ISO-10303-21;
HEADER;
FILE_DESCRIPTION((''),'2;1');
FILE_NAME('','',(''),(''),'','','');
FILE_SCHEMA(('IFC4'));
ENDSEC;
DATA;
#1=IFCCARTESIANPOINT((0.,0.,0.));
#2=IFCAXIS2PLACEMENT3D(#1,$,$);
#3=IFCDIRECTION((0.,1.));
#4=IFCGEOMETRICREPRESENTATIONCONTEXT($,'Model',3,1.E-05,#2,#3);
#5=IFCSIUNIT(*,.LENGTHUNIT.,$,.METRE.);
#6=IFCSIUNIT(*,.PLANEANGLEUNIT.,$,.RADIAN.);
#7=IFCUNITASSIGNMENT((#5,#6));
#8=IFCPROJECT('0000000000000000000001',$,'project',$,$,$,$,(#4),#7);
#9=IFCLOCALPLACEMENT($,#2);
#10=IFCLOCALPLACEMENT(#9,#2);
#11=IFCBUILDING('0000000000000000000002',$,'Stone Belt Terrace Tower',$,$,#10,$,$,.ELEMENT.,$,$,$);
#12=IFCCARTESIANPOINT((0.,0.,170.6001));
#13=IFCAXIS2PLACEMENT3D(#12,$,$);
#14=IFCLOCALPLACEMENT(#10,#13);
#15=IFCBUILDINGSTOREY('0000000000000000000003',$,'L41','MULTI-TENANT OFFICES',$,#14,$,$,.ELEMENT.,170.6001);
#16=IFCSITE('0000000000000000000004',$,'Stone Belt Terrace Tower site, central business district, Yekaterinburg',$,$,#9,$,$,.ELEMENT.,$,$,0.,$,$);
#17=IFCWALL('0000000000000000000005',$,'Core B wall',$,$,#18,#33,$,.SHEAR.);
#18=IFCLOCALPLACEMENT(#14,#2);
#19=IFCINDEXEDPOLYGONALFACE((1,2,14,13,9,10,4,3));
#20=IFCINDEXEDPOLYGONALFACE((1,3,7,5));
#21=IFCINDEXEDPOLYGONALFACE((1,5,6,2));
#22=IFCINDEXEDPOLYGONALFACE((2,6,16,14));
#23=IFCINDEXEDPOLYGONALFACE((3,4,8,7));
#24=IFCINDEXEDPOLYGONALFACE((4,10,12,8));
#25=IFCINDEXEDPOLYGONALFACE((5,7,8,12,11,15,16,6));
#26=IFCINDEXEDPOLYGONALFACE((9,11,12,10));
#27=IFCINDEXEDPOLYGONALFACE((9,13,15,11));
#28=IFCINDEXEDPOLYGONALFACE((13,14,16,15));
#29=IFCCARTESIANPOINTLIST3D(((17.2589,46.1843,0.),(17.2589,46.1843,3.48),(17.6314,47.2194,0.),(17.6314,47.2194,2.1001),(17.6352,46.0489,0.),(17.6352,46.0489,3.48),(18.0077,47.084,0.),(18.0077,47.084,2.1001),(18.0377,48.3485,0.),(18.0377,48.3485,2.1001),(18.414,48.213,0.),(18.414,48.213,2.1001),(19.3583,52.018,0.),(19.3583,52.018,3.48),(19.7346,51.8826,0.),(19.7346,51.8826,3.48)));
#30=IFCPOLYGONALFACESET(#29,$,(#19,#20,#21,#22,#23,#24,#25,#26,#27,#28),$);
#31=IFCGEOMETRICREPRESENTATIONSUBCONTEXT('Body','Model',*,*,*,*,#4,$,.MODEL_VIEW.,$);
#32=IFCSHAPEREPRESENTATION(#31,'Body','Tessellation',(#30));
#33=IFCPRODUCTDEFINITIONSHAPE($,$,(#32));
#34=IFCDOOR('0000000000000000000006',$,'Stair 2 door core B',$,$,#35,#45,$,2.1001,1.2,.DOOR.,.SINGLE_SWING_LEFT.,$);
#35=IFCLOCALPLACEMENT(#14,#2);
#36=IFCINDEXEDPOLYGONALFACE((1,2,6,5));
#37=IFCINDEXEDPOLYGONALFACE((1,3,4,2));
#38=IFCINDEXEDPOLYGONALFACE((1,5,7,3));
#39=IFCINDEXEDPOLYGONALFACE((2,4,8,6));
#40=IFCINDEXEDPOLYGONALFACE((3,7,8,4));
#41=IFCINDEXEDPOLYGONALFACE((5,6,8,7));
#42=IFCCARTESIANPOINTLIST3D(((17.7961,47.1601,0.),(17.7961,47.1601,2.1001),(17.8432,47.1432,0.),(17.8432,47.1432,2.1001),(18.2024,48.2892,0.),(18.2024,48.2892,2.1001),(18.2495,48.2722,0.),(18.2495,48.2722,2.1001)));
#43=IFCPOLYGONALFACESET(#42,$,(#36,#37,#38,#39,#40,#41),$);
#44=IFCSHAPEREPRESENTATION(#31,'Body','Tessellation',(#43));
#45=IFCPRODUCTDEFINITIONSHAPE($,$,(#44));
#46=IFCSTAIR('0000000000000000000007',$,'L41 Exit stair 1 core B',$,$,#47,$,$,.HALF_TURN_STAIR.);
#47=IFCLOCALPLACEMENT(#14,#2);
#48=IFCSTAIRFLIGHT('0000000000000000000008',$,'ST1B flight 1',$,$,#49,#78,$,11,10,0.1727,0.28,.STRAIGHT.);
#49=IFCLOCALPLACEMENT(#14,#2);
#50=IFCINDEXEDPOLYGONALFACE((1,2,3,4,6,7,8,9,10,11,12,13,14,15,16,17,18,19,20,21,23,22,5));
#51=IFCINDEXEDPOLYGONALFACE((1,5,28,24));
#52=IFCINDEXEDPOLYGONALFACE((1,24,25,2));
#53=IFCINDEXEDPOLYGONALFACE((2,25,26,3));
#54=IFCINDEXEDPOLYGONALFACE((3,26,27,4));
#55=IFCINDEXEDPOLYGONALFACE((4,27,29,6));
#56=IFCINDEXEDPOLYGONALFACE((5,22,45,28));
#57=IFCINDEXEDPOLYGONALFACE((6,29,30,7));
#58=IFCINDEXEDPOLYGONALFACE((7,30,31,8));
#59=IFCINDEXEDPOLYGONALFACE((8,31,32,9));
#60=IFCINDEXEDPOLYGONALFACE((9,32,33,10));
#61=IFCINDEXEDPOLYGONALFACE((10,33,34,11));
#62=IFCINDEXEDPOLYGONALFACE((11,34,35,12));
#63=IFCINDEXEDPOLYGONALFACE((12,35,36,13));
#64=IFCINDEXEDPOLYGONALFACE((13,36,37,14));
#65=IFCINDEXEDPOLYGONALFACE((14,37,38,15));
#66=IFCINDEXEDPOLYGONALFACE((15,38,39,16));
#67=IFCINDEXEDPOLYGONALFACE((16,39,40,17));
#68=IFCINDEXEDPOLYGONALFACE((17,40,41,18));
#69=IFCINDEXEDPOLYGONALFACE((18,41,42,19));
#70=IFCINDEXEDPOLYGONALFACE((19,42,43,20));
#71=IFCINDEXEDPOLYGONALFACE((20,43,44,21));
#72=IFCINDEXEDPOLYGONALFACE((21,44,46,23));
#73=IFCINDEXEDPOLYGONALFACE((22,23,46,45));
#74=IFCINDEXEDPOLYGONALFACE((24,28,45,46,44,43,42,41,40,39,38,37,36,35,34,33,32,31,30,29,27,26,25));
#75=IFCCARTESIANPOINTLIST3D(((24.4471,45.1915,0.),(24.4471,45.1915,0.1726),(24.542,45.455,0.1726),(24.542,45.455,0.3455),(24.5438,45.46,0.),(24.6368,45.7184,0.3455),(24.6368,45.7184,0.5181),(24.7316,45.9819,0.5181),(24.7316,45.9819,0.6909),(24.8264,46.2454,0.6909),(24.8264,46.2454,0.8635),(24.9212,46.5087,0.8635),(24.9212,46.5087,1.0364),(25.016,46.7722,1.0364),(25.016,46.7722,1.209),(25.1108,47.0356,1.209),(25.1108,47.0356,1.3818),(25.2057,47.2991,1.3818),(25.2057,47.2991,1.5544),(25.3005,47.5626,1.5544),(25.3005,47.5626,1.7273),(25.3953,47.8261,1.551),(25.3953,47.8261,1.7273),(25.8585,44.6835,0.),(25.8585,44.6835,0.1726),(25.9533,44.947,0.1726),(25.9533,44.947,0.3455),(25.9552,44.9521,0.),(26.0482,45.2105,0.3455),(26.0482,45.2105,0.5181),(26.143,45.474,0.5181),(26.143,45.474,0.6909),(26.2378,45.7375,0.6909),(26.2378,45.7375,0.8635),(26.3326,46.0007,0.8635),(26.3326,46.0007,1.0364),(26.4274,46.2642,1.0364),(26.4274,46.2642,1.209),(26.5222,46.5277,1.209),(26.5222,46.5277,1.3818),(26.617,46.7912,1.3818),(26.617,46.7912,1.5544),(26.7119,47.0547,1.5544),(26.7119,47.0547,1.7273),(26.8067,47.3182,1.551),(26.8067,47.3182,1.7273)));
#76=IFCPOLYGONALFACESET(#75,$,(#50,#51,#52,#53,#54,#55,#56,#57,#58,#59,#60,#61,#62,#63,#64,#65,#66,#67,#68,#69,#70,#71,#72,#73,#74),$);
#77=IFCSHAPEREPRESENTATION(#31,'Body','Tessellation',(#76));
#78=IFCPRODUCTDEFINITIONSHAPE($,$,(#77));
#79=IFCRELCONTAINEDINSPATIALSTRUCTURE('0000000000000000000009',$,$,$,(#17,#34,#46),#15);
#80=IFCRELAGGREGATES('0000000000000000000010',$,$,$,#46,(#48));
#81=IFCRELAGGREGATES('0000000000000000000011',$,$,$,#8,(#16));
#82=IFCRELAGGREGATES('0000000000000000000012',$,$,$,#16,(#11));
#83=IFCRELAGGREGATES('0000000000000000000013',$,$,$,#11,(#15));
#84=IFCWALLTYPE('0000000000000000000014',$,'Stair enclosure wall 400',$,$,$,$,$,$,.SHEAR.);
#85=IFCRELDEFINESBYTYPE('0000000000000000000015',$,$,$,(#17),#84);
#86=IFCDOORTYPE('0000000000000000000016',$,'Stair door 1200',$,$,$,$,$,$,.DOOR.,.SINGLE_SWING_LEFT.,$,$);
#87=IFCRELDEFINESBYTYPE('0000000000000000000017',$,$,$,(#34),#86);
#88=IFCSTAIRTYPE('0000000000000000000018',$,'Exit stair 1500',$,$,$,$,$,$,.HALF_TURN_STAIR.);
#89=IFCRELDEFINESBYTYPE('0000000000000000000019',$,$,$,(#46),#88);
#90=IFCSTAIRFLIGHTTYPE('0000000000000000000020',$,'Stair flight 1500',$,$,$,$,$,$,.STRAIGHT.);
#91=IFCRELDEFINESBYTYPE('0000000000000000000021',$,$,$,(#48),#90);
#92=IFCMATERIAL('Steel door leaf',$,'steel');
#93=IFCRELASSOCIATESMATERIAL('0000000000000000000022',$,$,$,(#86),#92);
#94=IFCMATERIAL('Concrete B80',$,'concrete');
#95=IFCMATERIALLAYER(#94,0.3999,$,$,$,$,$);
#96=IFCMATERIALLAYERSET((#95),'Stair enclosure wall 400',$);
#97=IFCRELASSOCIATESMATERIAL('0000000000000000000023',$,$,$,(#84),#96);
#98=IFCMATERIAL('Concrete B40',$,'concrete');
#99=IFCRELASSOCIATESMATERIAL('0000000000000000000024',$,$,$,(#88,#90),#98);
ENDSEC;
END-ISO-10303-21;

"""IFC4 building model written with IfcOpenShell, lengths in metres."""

from ifc_helpers import new_model, si_unit, direction, frame, frame_2d, origin, place, context, subcontext, project, spatial, polyline, rectangle, outline, extrude, material, layer, layer_set, type_object, element, fill, aggregate, save


model = new_model("IFC4")

# Units and contexts
model_context = context("Model", 3, precision=1e-05, world=origin(), true_north=direction((0.0, 1.0)))
body_context = subcontext(model_context, "Body", "Model", "MODEL_VIEW")
ifc_project = project(units=[si_unit("LENGTHUNIT", "METRE"), si_unit("PLANEANGLEUNIT", "RADIAN")], contexts=[model_context])

# Site, building, storey
site_placement = place(None, origin())
site = spatial("IfcSite", under=ifc_project, at=site_placement, Name="Stone Belt Terrace Tower site, central business district, Yekaterinburg", CompositionType="ELEMENT", RefElevation=0.0)
building_placement = place(site_placement, origin())
building = spatial("IfcBuilding", under=site, at=building_placement, Name="Stone Belt Terrace Tower", CompositionType="ELEMENT")
storey_placement = place(building_placement, frame((0.0, 0.0, 170.6001)))
storey = spatial("IfcBuildingStorey", under=building, at=storey_placement, Name="L41", Description="MULTI-TENANT OFFICES", CompositionType="ELEMENT", Elevation=170.6001)

# Shared definitions
ifc_material_1 = material(Name="Concrete B80", Category="concrete")

# Wall, opening, door
ifc_material_2 = material(Name="Steel door leaf", Category="steel")
door_type_1 = type_object("IfcDoorType", Name="Stair door 1200", OperationType="SINGLE_SWING_LEFT", PredefinedType="DOOR", material=ifc_material_2)
ifc_layer_1 = layer(ifc_material_1, 0.3999)
ifc_layer_set_1 = layer_set([ifc_layer_1], Name="Stair enclosure wall 400")
wall_type_1 = type_object("IfcWallType", Name="Stair enclosure wall 400", PredefinedType="SHEAR", material=ifc_layer_set_1)
wall_1_placement = place(storey_placement, frame((17.447, 46.1165, 0.0), z_axis=(0.0, 0.0, 1.0), x_axis=(0.338608, 0.940928, 0.0)))
wall_1 = element("IfcWall", 1, at=wall_1_placement, inside=storey, type_object=wall_type_1, Name="Core B wall", PredefinedType="SHEAR", context=body_context, shape_type="SweptSolid", body=[
    extrude(rectangle(XDim=6.2, YDim=0.3999, at=frame_2d((3.1001, 0.0))), origin(), (0.0, 0.0, 1.0), 3.48),
])
opening_1_placement = place(wall_1_placement, frame((1.1001, 0.0, 0.0)))
opening_1 = element("IfcOpeningElement", 2, at=opening_1_placement, cuts=wall_1, PredefinedType="OPENING", context=body_context, shape_type="SweptSolid", body=[
    extrude(rectangle(XDim=1.2, YDim=2.1001, at=frame_2d((0.6001, 1.05))), frame((0.0, 0.21, 0.0), z_axis=(0.0, -1.0, 0.0), x_axis=(1.0, 0.0, 0.0)), (0.0, 0.0, 1.0), 0.4199),
])
door_1_placement = place(opening_1_placement, origin())
door_1 = element("IfcDoor", 3, at=door_1_placement, inside=storey, type_object=door_type_1, Name="Stair 2 door core B", OperationType="SINGLE_SWING_LEFT", OverallHeight=2.1001, OverallWidth=1.2, PredefinedType="DOOR", context=body_context, shape_type="SweptSolid", body=[
    extrude(rectangle(XDim=1.2, YDim=2.1001, at=frame_2d((0.6001, 1.05))), frame((0.0, 0.0249, 0.0), z_axis=(0.0, -1.0, 0.0), x_axis=(1.0, 0.0, 0.0)), (0.0, 0.0, 1.0), 0.05),
])
fill(opening_1, door_1)

# Stair, stair flight
ifc_material_3 = material(Name="Concrete B40", Category="concrete")
stair_type = type_object("IfcStairType", Name="Exit stair 1500", PredefinedType="HALF_TURN_STAIR", material=ifc_material_3)
stair_placement = place(storey_placement, origin())
stair = element("IfcStair", 4, at=stair_placement, inside=storey, type_object=stair_type, Name="L41 Exit stair 1 core B", PredefinedType="HALF_TURN_STAIR")
stair_flight_type = type_object("IfcStairFlightType", Name="Stair flight 1500", PredefinedType="STRAIGHT", material=ifc_material_3)
stair_flight_placement = place(storey_placement, frame((25.1528, 44.9375, 0.0), z_axis=(0.0, 0.0, 1.0), x_axis=(0.338624, 0.940922, 0.0)))
stair_flight = element("IfcStairFlight", 5, at=stair_flight_placement, type_object=stair_flight_type, Name="ST1B flight 1", NumberOfRisers=11, NumberOfTreads=10, PredefinedType="STRAIGHT", RiserHeight=0.1727, TreadLength=0.28, context=body_context, shape_type="SweptSolid", body=[
    extrude(outline(polyline([(0.0, 0.0), (0.0, 0.1726), (0.28, 0.1726), (0.28, 0.3455), (0.5601, 0.3455), (0.5601, 0.5181), (0.8401, 0.5181), (0.8401, 0.6909), (1.1201, 0.6909), (1.1201, 0.8635), (1.3999, 0.8635), (1.3999, 1.0364), (1.6799, 1.0364), (1.6799, 1.209), (1.96, 1.209), (1.96, 1.3818), (2.24, 1.3818), (2.24, 1.5544), (2.52, 1.5544), (2.52, 1.7273), (2.8, 1.7273), (2.8, 1.8999), (2.8, 1.551), (0.2854, 0.0), (0.0, 0.0)])), frame((0.0, 0.75, 0.0), z_axis=(0.0, -1.0, 0.0), x_axis=(1.0, 0.0, 0.0)), (0.0, 0.0, 1.0), 1.5),
])
aggregate(stair, [stair_flight])

save(model, "model.ifc")
